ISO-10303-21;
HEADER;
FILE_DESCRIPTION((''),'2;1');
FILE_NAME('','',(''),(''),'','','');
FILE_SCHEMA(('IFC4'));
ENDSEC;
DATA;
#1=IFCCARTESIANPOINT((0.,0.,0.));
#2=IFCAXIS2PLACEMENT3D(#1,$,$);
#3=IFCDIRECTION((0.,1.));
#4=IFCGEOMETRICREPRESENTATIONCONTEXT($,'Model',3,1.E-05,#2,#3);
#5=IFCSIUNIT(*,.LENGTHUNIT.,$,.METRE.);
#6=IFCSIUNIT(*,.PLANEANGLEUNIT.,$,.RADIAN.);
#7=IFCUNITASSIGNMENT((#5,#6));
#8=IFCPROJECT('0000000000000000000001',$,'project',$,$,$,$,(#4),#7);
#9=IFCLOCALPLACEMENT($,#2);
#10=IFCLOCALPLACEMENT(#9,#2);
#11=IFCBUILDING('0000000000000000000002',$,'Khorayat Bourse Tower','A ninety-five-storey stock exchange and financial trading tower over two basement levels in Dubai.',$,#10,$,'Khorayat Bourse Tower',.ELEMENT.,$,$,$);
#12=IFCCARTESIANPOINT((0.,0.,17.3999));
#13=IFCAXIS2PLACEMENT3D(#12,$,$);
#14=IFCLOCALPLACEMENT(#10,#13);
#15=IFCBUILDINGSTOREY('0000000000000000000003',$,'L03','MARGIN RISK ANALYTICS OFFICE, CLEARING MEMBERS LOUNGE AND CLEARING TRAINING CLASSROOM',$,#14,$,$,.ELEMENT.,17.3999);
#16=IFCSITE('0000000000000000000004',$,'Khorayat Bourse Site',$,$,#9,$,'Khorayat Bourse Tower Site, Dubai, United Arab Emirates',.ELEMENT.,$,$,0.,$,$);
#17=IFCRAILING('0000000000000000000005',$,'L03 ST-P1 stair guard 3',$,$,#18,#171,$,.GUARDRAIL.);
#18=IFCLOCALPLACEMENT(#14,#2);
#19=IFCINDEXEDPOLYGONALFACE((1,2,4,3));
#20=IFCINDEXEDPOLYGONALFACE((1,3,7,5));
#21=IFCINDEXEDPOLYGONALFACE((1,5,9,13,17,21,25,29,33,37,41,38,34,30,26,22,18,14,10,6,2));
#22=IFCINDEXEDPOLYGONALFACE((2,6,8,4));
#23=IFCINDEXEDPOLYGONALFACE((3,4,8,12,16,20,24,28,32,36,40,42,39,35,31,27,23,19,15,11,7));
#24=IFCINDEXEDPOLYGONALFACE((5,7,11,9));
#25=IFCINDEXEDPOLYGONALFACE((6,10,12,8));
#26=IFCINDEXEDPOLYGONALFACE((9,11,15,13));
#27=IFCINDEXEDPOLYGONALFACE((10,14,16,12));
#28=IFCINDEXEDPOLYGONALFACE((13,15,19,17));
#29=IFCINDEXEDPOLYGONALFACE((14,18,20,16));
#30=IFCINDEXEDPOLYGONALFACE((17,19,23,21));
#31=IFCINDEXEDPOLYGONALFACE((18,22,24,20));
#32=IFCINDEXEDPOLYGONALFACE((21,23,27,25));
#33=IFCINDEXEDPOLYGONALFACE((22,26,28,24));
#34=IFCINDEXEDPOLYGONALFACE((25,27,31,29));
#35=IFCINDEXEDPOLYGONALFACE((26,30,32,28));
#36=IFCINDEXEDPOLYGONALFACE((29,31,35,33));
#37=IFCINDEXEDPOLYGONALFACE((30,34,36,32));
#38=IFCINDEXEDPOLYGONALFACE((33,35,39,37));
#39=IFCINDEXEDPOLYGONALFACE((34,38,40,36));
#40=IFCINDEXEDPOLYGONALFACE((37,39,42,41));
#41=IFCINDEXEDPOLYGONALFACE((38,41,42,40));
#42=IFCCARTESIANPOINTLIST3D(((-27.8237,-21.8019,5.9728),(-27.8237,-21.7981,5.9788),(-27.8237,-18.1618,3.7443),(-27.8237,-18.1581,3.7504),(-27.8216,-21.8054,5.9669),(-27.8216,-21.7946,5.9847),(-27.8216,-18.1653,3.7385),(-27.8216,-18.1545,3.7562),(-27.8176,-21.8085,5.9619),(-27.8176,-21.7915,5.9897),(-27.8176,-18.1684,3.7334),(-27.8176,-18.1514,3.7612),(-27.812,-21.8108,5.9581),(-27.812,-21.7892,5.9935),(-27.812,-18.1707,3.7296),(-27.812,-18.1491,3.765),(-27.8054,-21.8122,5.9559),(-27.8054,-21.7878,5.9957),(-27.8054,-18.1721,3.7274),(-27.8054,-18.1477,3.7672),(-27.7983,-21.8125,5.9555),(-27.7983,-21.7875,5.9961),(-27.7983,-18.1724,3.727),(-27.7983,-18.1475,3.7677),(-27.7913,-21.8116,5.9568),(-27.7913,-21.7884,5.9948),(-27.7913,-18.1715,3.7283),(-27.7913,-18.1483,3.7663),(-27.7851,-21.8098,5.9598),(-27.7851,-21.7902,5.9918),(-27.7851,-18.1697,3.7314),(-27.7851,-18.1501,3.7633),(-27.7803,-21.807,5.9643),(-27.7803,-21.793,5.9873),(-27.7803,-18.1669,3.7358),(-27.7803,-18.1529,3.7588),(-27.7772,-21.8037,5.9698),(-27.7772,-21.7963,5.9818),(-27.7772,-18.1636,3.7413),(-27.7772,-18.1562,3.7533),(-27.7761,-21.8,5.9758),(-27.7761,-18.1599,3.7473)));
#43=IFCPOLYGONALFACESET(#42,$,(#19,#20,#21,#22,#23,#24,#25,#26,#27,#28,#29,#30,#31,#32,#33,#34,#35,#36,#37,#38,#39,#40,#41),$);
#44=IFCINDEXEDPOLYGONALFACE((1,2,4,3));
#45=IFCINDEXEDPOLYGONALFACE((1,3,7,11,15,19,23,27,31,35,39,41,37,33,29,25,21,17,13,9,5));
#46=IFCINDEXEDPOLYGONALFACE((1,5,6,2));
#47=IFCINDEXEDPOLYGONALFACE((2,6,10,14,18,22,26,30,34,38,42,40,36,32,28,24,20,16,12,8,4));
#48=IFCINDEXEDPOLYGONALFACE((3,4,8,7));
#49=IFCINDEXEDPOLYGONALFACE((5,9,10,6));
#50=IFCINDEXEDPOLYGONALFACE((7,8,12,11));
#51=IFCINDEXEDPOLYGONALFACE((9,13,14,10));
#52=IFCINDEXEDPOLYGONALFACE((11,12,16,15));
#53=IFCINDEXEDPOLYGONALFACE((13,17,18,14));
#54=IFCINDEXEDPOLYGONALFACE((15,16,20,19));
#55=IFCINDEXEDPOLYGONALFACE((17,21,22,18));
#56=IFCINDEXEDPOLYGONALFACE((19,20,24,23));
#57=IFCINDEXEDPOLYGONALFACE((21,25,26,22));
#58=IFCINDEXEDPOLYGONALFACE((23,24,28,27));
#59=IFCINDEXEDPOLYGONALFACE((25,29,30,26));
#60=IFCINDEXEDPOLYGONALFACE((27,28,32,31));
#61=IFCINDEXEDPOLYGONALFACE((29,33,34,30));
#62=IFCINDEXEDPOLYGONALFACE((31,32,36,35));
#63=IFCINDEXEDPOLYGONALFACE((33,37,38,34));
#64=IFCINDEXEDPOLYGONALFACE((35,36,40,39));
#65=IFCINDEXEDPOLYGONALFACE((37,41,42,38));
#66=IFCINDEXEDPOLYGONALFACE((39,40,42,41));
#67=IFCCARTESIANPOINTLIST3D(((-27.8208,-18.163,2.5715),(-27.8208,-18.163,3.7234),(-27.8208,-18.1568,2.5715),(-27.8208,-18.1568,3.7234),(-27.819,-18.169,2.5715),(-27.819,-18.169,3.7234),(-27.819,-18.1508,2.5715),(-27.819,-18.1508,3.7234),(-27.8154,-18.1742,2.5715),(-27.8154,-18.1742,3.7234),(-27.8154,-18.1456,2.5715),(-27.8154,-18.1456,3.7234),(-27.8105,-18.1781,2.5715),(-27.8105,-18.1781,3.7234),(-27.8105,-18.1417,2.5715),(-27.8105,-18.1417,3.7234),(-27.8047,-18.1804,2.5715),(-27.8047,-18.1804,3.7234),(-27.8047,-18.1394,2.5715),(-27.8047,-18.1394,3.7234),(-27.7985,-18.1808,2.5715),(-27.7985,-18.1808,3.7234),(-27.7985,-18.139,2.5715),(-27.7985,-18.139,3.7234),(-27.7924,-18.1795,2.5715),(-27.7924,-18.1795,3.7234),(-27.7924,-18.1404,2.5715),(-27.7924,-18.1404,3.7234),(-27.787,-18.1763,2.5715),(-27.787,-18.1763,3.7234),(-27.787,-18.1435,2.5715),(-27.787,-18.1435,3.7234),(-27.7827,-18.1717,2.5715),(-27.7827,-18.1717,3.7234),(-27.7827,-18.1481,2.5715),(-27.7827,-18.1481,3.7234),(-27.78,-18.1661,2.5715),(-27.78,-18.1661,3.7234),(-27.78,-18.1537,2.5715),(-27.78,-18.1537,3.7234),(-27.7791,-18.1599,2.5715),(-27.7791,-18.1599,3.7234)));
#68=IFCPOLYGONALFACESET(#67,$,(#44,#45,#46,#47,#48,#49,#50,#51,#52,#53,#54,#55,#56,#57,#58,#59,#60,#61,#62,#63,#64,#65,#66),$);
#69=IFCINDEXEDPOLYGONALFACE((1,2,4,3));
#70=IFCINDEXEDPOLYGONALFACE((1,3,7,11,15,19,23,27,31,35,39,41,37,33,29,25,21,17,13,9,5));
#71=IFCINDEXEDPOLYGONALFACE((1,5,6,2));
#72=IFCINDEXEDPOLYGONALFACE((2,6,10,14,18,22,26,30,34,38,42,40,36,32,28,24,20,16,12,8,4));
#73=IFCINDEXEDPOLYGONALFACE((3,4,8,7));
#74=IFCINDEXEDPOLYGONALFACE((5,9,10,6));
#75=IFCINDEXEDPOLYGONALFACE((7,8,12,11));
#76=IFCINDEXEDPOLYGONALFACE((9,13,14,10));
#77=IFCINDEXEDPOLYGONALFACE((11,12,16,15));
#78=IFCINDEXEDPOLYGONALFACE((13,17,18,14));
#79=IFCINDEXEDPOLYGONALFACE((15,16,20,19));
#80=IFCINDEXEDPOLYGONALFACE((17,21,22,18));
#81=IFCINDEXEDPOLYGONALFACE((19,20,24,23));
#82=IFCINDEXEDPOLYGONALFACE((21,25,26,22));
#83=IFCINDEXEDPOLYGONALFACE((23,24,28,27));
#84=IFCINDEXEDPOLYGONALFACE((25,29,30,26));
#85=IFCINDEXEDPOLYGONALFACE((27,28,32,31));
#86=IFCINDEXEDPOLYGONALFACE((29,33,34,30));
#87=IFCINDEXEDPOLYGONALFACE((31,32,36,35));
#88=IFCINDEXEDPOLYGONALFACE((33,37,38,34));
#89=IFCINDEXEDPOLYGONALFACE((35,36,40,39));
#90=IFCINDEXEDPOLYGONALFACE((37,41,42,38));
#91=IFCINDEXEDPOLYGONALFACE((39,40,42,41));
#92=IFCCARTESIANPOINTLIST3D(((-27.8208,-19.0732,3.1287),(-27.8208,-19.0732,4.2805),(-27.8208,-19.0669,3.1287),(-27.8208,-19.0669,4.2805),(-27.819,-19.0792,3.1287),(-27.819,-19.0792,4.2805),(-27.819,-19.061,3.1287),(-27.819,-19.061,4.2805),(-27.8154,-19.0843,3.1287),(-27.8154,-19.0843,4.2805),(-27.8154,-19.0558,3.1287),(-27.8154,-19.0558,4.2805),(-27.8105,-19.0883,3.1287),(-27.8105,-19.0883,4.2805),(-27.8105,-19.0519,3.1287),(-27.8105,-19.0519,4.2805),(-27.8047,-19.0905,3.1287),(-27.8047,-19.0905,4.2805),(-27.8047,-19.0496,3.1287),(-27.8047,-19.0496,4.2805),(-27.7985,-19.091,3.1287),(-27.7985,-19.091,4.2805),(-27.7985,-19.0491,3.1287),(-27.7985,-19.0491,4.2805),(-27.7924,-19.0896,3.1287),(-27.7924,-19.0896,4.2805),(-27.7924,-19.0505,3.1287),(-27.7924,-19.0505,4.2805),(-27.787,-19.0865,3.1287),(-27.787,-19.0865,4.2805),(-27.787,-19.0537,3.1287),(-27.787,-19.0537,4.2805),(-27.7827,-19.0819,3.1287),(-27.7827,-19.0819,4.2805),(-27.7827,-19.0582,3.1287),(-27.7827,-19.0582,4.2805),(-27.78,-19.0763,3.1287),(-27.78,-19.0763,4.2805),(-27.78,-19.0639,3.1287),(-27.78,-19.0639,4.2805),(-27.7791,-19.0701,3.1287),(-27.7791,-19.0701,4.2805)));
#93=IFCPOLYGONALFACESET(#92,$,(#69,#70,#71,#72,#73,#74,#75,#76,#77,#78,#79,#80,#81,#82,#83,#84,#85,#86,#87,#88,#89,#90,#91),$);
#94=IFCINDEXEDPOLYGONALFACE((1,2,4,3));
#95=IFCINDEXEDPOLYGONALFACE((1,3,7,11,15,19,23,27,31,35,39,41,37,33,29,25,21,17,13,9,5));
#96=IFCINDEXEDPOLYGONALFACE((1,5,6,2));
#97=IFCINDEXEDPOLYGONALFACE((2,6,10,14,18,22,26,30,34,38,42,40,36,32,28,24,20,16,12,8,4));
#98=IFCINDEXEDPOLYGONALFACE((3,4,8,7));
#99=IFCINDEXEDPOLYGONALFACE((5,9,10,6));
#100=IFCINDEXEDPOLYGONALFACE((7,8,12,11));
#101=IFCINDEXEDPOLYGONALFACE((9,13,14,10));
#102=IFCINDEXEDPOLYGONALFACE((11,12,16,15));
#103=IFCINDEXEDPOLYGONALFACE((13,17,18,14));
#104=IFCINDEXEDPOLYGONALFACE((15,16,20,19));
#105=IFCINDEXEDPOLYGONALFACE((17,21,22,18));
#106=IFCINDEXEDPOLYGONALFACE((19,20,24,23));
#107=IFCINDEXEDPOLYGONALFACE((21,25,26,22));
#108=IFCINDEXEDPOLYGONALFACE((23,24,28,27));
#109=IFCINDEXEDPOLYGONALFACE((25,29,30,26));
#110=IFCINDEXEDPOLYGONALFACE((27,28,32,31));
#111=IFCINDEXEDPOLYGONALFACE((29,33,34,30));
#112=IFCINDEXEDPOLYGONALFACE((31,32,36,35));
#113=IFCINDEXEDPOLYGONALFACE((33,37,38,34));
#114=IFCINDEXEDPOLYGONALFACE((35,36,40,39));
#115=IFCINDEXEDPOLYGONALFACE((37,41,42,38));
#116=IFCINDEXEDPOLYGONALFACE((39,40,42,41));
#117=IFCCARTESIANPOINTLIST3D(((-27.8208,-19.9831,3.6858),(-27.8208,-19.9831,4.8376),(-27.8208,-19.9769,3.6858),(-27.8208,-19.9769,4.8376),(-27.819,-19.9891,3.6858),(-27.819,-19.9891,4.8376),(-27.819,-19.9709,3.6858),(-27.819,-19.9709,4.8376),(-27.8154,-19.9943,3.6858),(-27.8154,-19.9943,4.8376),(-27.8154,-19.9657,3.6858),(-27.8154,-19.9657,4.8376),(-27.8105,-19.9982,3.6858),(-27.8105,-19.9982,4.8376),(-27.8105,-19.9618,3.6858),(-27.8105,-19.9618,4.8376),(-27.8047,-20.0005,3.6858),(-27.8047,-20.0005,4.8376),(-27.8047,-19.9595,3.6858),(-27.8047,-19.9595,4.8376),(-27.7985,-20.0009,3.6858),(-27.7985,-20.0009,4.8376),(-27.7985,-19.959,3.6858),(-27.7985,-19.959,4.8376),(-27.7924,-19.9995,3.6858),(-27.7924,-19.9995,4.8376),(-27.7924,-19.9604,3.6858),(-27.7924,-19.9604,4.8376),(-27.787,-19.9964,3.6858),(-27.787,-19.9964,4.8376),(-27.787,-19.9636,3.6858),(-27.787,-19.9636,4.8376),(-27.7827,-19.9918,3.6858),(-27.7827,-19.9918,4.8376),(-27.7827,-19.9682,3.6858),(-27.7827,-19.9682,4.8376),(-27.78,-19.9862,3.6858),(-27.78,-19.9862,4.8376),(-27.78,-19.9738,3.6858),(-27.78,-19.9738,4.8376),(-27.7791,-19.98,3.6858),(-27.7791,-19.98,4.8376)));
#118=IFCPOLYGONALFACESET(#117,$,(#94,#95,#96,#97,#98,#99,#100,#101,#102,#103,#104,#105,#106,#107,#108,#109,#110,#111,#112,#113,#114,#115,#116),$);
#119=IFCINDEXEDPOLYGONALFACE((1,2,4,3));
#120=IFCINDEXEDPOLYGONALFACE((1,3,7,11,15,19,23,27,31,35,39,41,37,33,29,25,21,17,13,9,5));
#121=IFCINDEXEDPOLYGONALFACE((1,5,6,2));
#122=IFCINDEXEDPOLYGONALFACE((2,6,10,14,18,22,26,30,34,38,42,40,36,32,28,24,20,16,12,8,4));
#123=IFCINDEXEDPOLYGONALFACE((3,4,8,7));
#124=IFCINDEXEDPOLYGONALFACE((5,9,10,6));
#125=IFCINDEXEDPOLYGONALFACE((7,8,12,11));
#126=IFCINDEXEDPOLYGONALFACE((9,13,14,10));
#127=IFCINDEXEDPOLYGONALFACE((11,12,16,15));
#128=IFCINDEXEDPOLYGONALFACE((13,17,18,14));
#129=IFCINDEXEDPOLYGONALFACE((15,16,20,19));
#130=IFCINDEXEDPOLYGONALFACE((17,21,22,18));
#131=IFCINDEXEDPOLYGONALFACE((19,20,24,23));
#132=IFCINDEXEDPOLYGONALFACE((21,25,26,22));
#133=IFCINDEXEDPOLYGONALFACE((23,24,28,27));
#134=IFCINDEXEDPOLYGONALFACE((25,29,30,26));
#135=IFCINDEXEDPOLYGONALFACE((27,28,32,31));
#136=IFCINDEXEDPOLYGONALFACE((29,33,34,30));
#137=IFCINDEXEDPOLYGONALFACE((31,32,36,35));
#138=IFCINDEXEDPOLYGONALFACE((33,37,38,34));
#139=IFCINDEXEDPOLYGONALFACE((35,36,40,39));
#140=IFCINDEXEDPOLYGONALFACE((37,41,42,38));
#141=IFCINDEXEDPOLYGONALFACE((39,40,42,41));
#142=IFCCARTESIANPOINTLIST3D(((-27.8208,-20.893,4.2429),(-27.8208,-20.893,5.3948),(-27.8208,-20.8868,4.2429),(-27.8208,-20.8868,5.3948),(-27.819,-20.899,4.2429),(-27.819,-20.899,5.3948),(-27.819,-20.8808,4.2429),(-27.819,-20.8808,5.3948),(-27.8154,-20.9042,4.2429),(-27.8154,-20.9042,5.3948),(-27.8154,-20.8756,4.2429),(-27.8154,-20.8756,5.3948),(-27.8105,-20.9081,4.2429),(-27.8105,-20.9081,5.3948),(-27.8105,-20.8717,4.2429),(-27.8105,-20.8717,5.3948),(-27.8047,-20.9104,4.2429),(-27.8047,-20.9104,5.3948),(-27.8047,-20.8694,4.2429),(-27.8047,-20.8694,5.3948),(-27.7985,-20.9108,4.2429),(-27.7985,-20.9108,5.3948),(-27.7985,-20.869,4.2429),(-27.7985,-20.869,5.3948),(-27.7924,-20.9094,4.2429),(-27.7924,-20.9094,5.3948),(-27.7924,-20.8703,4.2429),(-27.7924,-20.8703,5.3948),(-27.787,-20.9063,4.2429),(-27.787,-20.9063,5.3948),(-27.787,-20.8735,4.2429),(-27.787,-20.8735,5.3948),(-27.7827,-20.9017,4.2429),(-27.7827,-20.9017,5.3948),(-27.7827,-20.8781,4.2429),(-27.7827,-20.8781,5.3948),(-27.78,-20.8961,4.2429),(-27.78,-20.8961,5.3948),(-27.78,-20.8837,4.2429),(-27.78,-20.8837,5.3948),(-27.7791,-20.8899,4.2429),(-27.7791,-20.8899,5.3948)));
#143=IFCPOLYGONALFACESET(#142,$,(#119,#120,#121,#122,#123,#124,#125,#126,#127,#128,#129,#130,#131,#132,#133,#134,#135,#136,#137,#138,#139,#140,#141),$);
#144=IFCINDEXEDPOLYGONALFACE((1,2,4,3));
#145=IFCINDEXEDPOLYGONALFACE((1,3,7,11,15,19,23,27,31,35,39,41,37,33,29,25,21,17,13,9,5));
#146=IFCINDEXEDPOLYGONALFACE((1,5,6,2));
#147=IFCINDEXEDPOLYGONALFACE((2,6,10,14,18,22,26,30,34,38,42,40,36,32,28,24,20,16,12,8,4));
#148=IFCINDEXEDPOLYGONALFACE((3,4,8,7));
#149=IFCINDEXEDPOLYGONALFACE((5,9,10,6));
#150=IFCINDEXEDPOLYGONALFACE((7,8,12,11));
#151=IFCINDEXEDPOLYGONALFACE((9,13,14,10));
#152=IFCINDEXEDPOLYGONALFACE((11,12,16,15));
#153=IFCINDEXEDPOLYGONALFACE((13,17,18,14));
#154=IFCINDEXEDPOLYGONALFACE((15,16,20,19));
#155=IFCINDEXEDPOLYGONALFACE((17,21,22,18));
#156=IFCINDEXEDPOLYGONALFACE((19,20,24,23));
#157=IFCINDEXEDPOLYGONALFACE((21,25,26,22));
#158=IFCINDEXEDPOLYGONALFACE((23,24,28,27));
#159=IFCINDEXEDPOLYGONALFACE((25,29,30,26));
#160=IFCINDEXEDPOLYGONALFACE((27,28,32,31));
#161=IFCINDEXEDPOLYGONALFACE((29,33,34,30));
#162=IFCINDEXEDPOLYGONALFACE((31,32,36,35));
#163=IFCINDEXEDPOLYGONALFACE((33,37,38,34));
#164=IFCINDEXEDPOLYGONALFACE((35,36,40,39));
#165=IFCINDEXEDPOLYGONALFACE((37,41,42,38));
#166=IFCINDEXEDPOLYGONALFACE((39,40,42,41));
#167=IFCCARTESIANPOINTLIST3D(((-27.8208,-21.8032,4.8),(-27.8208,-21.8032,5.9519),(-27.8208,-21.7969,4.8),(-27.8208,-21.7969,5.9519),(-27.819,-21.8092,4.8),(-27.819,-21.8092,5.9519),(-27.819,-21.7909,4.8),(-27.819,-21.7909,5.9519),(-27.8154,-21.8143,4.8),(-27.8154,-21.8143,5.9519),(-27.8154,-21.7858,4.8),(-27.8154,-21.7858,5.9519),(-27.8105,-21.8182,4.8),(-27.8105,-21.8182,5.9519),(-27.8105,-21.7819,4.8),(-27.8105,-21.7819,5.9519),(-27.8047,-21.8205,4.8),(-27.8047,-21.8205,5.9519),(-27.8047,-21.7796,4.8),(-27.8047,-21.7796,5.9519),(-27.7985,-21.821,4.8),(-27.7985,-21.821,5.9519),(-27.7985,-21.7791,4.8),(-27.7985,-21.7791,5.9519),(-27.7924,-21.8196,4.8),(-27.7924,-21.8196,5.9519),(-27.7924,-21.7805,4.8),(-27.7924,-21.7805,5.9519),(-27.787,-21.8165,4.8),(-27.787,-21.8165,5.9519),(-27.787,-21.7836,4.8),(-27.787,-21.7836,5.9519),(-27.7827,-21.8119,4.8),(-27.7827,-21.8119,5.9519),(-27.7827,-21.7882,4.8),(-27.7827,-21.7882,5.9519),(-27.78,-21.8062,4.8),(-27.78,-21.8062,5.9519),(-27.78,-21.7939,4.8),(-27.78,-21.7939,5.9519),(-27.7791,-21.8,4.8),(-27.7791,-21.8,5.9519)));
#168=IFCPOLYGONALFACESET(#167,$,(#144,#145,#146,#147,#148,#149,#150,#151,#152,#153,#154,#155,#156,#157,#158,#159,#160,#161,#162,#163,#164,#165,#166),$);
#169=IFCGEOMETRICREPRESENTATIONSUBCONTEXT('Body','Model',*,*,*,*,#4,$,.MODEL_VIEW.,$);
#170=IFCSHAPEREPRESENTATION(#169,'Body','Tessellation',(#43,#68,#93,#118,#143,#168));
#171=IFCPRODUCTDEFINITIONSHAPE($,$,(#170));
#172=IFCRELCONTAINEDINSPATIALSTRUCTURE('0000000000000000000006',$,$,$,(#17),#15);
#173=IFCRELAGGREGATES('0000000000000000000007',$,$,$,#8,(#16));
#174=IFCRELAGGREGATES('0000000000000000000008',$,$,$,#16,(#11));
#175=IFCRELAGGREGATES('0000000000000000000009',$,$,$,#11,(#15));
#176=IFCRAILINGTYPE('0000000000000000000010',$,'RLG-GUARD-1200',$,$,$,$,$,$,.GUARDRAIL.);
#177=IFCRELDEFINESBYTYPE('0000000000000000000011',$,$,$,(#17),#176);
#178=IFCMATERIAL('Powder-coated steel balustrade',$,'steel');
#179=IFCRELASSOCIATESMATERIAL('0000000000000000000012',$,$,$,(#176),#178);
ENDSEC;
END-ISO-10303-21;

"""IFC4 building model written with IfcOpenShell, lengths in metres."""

from ifc_helpers import new_model, si_unit, direction, frame, origin, origin_2d, place, context, subcontext, project, spatial, circle, extrude, source, transform, mapped, material, type_object, element, save


model = new_model("IFC4")

# Units and contexts
model_context = context("Model", 3, precision=1e-05, world=origin(), true_north=direction((0.0, 1.0)))
body_context = subcontext(model_context, "Body", "Model", "MODEL_VIEW")
ifc_project = project(units=[si_unit("LENGTHUNIT", "METRE"), si_unit("PLANEANGLEUNIT", "RADIAN")], contexts=[model_context])

# Site, building, storey
site_placement = place(None, origin())
site = spatial("IfcSite", under=ifc_project, at=site_placement, Name="Khorayat Bourse Site", LongName="Khorayat Bourse Tower Site, Dubai, United Arab Emirates", CompositionType="ELEMENT", RefElevation=0.0)
building_placement = place(site_placement, origin())
building = spatial("IfcBuilding", under=site, at=building_placement, Name="Khorayat Bourse Tower", Description="A ninety-five-storey stock exchange and financial trading tower over two basement levels in Dubai.", LongName="Khorayat Bourse Tower", CompositionType="ELEMENT")
storey_placement = place(building_placement, frame((0.0, 0.0, 17.3999)))
storey = spatial("IfcBuildingStorey", under=building, at=storey_placement, Name="L03", Description="MARGIN RISK ANALYTICS OFFICE, CLEARING MEMBERS LOUNGE AND CLEARING TRAINING CLASSROOM", CompositionType="ELEMENT", Elevation=17.3999)

# Railing
ifc_material_1 = material(Name="Powder-coated steel balustrade", Category="steel")
railing_type_1 = type_object("IfcRailingType", Name="RLG-GUARD-1200", PredefinedType="GUARDRAIL", material=ifc_material_1)
shared_shape_1 = source(origin(), body_context, "Body", "SweptSolid", [
    extrude(circle(Radius=0.0239, at=origin_2d()), frame((0.0, 0.0, 1.1758), z_axis=(0.0, -0.852866, 0.52213), x_axis=(1.0, 0.0, 0.0)), (0.0, 0.0, 1.0), 4.2681),
    extrude(circle(Radius=0.021, at=origin_2d()), origin(), (0.0, 0.0, 1.0), 1.1519),
    extrude(circle(Radius=0.021, at=origin_2d()), frame((0.0, -0.9102, 0.5571)), (0.0, 0.0, 1.0), 1.1519),
    extrude(circle(Radius=0.021, at=origin_2d()), frame((0.0, -1.8201, 1.1143)), (0.0, 0.0, 1.0), 1.1519),
    extrude(circle(Radius=0.021, at=origin_2d()), frame((0.0, -2.73, 1.6714)), (0.0, 0.0, 1.0), 1.1519),
    extrude(circle(Radius=0.021, at=origin_2d()), frame((0.0, -3.6401, 2.2285)), (0.0, 0.0, 1.0), 1.1519),
])
railing_1_placement = place(storey_placement, frame((-27.8, -18.1599, 2.5715)))
element("IfcRailing", 1, at=railing_1_placement, inside=storey, type_object=railing_type_1, Name="L03 ST-P1 stair guard 3", PredefinedType="GUARDRAIL", context=body_context, shape_type="MappedRepresentation", body=[
    mapped(shared_shape_1, transform((0.0, 0.0, 0.0), scale=1.0)),
])

save(model, "model.ifc")
